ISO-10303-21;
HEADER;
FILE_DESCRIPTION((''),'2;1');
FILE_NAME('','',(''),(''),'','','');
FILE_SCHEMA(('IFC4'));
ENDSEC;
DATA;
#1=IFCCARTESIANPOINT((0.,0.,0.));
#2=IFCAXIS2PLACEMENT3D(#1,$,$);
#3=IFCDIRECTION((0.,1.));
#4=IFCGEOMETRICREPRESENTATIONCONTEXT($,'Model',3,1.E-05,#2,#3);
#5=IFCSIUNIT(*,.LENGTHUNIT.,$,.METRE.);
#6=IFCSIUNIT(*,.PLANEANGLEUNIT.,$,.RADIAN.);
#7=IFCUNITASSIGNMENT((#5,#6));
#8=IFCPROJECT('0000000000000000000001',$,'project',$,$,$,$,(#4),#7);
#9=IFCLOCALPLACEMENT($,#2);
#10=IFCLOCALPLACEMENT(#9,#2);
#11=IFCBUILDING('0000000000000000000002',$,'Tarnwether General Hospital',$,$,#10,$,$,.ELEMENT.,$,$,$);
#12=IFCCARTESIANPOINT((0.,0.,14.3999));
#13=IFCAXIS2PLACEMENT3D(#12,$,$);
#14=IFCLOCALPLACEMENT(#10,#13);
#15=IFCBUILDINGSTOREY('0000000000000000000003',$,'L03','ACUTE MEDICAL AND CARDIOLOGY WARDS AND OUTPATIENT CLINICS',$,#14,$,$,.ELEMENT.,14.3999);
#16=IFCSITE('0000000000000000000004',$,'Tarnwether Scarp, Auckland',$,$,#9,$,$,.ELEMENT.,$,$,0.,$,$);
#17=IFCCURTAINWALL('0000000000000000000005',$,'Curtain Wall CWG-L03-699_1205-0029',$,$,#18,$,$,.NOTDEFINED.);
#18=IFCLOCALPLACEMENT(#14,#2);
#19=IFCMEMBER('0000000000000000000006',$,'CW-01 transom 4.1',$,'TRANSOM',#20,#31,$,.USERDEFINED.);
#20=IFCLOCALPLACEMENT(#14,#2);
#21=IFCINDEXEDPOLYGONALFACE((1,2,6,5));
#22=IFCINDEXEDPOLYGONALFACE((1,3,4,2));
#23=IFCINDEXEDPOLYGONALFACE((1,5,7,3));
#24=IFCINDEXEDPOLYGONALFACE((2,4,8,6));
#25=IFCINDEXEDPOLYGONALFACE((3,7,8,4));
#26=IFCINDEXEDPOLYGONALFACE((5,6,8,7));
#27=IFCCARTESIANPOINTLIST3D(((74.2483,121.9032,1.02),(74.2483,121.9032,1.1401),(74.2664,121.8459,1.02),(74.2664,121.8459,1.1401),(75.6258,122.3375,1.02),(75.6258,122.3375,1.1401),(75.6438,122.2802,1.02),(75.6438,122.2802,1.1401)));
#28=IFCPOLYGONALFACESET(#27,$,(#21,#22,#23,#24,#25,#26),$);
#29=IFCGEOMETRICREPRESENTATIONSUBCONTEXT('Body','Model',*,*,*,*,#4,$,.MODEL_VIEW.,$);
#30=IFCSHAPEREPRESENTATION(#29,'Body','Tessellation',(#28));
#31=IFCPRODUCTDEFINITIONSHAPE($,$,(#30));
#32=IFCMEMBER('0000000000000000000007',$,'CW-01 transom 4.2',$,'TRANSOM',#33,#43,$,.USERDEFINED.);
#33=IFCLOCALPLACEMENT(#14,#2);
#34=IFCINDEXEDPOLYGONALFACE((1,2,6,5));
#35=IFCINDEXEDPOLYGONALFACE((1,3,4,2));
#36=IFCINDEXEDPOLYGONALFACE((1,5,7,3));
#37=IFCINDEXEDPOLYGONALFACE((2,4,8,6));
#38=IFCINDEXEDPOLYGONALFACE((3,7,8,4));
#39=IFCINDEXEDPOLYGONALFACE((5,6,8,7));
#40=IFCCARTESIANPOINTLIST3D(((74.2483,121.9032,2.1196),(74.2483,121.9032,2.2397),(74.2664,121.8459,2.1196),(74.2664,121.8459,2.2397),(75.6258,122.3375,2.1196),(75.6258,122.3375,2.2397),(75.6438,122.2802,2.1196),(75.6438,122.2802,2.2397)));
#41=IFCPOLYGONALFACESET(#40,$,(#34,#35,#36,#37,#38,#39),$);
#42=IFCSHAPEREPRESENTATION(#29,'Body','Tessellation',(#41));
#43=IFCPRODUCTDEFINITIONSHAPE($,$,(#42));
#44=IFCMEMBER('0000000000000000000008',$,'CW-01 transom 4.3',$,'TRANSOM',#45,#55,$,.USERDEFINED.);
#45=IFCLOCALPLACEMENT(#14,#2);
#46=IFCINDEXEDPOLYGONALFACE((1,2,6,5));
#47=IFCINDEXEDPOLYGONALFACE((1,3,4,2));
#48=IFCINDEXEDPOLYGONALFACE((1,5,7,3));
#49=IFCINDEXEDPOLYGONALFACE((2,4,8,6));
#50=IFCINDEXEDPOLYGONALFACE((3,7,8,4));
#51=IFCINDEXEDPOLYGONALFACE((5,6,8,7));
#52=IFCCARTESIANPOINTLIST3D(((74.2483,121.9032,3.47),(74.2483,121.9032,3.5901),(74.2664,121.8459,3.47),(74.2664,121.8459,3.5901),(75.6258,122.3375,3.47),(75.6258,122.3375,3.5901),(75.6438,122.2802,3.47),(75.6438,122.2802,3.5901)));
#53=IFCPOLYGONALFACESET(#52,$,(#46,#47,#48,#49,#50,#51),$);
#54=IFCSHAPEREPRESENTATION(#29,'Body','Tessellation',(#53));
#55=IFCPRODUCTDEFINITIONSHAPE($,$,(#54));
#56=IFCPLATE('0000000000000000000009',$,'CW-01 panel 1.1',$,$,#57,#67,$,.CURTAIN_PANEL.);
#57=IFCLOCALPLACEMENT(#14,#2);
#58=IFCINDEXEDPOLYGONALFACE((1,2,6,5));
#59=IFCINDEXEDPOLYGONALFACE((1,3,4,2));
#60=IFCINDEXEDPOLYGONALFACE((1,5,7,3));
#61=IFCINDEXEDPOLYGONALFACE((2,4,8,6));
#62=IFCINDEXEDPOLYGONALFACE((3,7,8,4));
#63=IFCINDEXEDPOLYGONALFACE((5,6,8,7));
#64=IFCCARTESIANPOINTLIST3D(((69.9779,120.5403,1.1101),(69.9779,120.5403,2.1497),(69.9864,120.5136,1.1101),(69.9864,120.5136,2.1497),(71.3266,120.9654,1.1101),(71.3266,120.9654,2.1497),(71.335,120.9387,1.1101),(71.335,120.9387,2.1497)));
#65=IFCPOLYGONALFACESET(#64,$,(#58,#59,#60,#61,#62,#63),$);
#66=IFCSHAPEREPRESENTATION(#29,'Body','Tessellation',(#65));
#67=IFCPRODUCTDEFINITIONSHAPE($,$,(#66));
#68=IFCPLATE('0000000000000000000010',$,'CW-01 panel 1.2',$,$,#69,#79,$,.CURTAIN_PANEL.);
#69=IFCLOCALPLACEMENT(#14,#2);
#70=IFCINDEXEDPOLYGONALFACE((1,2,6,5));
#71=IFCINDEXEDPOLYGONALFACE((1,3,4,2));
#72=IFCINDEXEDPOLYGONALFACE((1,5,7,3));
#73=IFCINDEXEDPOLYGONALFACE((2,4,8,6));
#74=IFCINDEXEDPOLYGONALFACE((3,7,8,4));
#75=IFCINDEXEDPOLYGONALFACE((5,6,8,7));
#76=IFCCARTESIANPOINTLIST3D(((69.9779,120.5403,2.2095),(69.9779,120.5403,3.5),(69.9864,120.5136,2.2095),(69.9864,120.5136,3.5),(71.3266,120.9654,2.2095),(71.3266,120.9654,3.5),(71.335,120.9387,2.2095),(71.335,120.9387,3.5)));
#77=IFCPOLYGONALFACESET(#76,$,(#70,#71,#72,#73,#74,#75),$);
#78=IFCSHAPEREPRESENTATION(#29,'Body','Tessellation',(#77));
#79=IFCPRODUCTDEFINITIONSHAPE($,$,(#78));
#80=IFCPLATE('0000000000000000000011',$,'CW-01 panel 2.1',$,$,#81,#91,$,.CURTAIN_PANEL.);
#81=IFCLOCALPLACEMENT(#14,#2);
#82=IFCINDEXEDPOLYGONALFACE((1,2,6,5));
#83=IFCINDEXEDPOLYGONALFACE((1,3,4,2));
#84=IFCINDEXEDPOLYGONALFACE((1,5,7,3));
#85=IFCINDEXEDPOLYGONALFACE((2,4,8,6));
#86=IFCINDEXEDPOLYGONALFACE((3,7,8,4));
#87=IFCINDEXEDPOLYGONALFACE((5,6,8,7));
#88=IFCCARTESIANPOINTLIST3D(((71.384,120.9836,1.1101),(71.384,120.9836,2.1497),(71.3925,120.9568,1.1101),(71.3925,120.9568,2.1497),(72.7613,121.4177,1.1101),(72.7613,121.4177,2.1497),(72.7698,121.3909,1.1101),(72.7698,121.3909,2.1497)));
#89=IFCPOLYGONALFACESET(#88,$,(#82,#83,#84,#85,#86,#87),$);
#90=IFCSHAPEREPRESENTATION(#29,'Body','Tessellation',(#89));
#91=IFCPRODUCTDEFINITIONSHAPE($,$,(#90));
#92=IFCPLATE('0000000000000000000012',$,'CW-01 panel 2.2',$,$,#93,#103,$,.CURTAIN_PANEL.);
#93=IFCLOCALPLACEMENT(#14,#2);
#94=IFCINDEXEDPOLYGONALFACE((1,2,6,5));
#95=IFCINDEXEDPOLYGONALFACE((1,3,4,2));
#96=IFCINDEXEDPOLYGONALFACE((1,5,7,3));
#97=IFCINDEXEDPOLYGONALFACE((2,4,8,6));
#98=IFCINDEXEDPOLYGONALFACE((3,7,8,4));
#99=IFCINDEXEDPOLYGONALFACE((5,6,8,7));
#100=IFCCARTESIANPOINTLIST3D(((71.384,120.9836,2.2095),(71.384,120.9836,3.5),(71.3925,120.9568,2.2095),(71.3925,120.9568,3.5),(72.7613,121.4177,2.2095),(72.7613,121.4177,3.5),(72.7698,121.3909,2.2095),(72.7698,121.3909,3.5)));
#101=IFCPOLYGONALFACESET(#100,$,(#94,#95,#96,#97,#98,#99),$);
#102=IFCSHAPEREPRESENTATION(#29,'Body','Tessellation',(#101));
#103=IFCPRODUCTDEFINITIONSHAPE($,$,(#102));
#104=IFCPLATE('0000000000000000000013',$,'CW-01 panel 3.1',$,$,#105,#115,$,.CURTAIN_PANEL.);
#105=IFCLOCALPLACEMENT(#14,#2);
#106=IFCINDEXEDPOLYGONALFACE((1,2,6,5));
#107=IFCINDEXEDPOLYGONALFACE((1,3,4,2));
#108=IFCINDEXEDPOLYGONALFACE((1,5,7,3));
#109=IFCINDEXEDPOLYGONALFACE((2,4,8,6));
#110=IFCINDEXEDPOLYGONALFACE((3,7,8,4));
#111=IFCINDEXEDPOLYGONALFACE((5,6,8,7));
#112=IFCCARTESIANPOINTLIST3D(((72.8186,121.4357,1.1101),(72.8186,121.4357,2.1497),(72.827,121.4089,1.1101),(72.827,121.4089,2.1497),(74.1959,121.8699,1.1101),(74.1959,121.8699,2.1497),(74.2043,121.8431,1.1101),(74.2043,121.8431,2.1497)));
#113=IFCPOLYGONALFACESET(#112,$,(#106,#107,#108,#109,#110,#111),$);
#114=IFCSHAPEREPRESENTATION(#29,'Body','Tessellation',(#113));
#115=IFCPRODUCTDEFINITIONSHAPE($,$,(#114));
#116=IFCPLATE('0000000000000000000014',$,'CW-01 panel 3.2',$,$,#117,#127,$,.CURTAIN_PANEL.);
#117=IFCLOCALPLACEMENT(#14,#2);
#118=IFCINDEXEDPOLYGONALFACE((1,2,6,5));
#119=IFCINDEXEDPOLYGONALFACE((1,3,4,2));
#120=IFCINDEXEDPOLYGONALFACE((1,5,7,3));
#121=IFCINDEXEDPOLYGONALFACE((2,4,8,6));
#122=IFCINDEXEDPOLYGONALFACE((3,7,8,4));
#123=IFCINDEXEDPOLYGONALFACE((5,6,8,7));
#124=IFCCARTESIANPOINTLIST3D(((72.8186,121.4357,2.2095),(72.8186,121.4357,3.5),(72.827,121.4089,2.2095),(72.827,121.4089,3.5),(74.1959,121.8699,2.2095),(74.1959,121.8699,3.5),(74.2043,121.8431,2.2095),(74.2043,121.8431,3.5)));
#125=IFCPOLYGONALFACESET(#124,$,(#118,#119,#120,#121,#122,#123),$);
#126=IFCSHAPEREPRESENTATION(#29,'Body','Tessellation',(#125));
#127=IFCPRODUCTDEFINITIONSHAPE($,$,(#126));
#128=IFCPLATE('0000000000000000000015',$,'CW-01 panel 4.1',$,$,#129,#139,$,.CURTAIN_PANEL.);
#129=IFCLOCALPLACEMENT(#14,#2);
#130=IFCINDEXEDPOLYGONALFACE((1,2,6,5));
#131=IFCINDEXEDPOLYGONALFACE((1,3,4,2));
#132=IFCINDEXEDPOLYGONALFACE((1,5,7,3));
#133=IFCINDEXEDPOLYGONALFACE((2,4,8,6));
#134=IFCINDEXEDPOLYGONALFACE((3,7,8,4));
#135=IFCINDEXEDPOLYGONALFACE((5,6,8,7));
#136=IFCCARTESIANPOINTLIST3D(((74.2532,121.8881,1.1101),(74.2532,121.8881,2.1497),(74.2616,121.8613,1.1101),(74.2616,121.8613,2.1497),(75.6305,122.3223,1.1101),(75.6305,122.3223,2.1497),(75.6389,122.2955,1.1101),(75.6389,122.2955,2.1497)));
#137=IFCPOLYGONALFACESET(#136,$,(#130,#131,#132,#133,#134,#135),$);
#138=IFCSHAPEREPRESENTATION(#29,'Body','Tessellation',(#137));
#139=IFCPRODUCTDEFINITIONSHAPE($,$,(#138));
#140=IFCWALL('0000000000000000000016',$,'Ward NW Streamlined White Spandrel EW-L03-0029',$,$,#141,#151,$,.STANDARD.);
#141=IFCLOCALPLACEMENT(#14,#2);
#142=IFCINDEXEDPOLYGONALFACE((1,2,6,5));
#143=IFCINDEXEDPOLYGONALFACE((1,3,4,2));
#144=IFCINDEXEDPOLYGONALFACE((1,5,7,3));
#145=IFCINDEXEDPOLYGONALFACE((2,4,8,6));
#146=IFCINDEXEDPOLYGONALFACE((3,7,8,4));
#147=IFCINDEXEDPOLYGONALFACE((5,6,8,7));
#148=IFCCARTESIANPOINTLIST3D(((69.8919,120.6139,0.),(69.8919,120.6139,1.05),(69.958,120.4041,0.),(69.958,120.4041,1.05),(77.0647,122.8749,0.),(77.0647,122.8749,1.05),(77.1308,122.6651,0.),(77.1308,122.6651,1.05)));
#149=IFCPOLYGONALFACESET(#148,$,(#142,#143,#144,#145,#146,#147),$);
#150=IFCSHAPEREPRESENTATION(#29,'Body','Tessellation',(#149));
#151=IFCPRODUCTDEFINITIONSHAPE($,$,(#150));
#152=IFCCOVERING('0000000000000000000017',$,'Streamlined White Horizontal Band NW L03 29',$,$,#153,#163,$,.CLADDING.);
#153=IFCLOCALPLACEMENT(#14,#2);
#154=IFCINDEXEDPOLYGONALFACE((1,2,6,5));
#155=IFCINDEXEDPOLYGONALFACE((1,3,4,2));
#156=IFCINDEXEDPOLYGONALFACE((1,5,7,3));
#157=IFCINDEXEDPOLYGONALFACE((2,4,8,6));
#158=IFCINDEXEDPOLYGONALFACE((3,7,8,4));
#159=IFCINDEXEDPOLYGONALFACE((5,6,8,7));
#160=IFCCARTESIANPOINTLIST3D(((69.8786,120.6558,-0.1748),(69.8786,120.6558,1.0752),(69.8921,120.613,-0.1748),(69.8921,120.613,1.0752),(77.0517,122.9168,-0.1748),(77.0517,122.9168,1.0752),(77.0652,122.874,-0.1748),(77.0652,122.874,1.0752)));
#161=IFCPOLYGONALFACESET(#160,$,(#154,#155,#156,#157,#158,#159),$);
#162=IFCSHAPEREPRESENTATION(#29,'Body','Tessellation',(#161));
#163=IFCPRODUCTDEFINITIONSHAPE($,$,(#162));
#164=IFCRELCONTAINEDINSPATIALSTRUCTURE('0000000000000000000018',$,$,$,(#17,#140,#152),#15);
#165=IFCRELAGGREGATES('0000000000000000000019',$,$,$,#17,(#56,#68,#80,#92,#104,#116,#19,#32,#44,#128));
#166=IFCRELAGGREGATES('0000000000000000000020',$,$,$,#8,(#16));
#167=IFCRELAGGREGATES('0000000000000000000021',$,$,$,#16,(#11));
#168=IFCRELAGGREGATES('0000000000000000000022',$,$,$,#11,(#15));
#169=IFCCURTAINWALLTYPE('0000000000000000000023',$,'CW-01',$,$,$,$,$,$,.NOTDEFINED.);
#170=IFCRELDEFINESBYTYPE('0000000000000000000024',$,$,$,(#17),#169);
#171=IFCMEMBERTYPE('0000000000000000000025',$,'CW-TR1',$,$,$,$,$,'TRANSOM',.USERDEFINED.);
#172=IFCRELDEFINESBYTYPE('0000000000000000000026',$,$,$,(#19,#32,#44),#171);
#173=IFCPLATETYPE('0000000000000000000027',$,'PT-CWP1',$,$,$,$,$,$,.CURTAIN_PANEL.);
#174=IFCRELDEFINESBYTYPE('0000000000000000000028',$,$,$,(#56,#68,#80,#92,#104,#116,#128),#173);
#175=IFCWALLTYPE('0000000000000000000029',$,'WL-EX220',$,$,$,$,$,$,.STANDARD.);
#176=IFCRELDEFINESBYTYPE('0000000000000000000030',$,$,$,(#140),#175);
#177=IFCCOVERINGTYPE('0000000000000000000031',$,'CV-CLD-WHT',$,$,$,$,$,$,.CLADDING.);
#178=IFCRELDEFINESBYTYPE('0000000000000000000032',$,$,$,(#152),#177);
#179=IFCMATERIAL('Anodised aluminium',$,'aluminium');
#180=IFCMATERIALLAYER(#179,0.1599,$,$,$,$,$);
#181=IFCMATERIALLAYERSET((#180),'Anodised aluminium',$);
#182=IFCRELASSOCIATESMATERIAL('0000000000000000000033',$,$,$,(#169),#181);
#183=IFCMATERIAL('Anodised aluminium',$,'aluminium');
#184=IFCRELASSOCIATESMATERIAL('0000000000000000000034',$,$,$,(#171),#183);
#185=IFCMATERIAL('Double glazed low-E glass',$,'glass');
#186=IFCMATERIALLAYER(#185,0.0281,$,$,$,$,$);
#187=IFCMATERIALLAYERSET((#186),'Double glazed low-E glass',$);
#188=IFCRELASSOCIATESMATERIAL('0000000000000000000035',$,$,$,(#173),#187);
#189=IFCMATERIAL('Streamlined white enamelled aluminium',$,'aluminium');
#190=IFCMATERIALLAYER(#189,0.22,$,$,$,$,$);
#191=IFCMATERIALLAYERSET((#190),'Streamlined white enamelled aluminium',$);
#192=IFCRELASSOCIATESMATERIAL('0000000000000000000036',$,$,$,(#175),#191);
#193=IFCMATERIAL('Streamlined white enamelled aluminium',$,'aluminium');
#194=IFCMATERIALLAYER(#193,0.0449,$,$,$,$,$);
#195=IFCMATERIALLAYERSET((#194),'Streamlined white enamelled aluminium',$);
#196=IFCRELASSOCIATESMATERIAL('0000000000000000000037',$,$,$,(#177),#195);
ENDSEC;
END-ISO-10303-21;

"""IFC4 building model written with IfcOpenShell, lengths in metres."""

from ifc_helpers import new_model, si_unit, direction, frame, frame_2d, origin, origin_2d, place, context, subcontext, project, spatial, rectangle, extrude, material, layer, layer_set, material_profile, profile_set, type_object, element, aggregate, save


model = new_model("IFC4")

# Units and contexts
model_context = context("Model", 3, precision=1e-05, world=origin(), true_north=direction((0.0, 1.0)))
body_context = subcontext(model_context, "Body", "Model", "MODEL_VIEW")
ifc_project = project(units=[si_unit("LENGTHUNIT", "METRE"), si_unit("PLANEANGLEUNIT", "RADIAN")], contexts=[model_context])

# Site, building, storey
site_placement = place(None, origin())
site = spatial("IfcSite", under=ifc_project, at=site_placement, Name="Tarnwether Scarp, Auckland", CompositionType="ELEMENT", RefElevation=0.0)
building_placement = place(site_placement, origin())
building = spatial("IfcBuilding", under=site, at=building_placement, Name="Tarnwether General Hospital", CompositionType="ELEMENT")
storey_placement = place(building_placement, frame((0.0, 0.0, 14.3999)))
storey = spatial("IfcBuildingStorey", under=building, at=storey_placement, Name="L03", Description="ACUTE MEDICAL AND CARDIOLOGY WARDS AND OUTPATIENT CLINICS", CompositionType="ELEMENT", Elevation=14.3999)

# Curtain wall
ifc_material_1 = material(Name="Anodised aluminium", Category="aluminium")
ifc_layer_1 = layer(ifc_material_1, 0.1599)
ifc_layer_set_1 = layer_set([ifc_layer_1], Name="Anodised aluminium")
curtain_wall_type = type_object("IfcCurtainWallType", Name="CW-01", PredefinedType="NOTDEFINED", material=ifc_layer_set_1)
curtain_wall_1_placement = place(storey_placement, origin())
curtain_wall_1 = element("IfcCurtainWall", 1, at=curtain_wall_1_placement, inside=storey, type_object=curtain_wall_type, Name="Curtain Wall CWG-L03-699_1205-0029", PredefinedType="NOTDEFINED")

# Members
ifc_material_2 = material(Name="Anodised aluminium", Category="aluminium")
ifc_material_profile_1 = material_profile(ifc_material_2, rectangle(XDim=0.0601, YDim=0.1201, at=origin_2d()), Name="ALU-TRN-60x120")
ifc_profile_set_1 = profile_set([ifc_material_profile_1], Name="Anodised aluminium")
member_type_1 = type_object("IfcMemberType", Name="CW-TR1", ElementType="TRANSOM", PredefinedType="USERDEFINED", material=ifc_profile_set_1)
member_1_placement = place(storey_placement, frame((74.2573, 121.8745, 1.0801), z_axis=(0.953713, 0.300719, 0.0), x_axis=(-0.300719, 0.953713, 0.0)))
member_1 = element("IfcMember", 2, at=member_1_placement, type_object=member_type_1, Name="CW-01 transom 4.1", ObjectType="TRANSOM", PredefinedType="USERDEFINED", context=body_context, shape_type="SweptSolid", body=[
    extrude(rectangle(XDim=0.0601, YDim=0.1201, at=origin_2d()), origin(), (0.0, 0.0, 1.0), 1.4443),
])
member_2_placement = place(storey_placement, frame((74.2573, 121.8745, 2.1797), z_axis=(0.953713, 0.300719, 0.0), x_axis=(-0.300719, 0.953713, 0.0)))
member_2 = element("IfcMember", 3, at=member_2_placement, type_object=member_type_1, Name="CW-01 transom 4.2", ObjectType="TRANSOM", PredefinedType="USERDEFINED", context=body_context, shape_type="SweptSolid", body=[
    extrude(rectangle(XDim=0.0601, YDim=0.1201, at=origin_2d()), origin(), (0.0, 0.0, 1.0), 1.4443),
])
member_3_placement = place(storey_placement, frame((74.2573, 121.8745, 3.53), z_axis=(0.953713, 0.300719, 0.0), x_axis=(-0.300719, 0.953713, 0.0)))
member_3 = element("IfcMember", 4, at=member_3_placement, type_object=member_type_1, Name="CW-01 transom 4.3", ObjectType="TRANSOM", PredefinedType="USERDEFINED", context=body_context, shape_type="SweptSolid", body=[
    extrude(rectangle(XDim=0.0601, YDim=0.1201, at=origin_2d()), origin(), (0.0, 0.0, 1.0), 1.4443),
])

# Plates
ifc_material_3 = material(Name="Double glazed low-E glass", Category="glass")
ifc_layer_2 = layer(ifc_material_3, 0.0281)
ifc_layer_set_2 = layer_set([ifc_layer_2], Name="Double glazed low-E glass")
plate_type = type_object("IfcPlateType", Name="PT-CWP1", PredefinedType="CURTAIN_PANEL", material=ifc_layer_set_2)
plate_1_placement = place(storey_placement, frame((70.6565, 120.7395, 1.1101), z_axis=(0.0, 0.0, 1.0), x_axis=(0.953741, 0.300629, 0.0)))
plate_1 = element("IfcPlate", 5, at=plate_1_placement, type_object=plate_type, Name="CW-01 panel 1.1", PredefinedType="CURTAIN_PANEL", context=body_context, shape_type="SweptSolid", body=[
    extrude(rectangle(XDim=1.4141, YDim=0.0281, at=origin_2d()), origin(), (0.0, 0.0, 1.0), 1.0396),
])
plate_2_placement = place(storey_placement, frame((70.6565, 120.7395, 2.2095), z_axis=(0.0, 0.0, 1.0), x_axis=(0.953741, 0.300629, 0.0)))
plate_2 = element("IfcPlate", 6, at=plate_2_placement, type_object=plate_type, Name="CW-01 panel 1.2", PredefinedType="CURTAIN_PANEL", context=body_context, shape_type="SweptSolid", body=[
    extrude(rectangle(XDim=1.4141, YDim=0.0281, at=origin_2d()), origin(), (0.0, 0.0, 1.0), 1.2905),
])
plate_3_placement = place(storey_placement, frame((72.0769, 121.1873, 1.1101), z_axis=(0.0, 0.0, 1.0), x_axis=(0.953741, 0.300629, 0.0)))
plate_3 = element("IfcPlate", 7, at=plate_3_placement, type_object=plate_type, Name="CW-01 panel 2.1", PredefinedType="CURTAIN_PANEL", context=body_context, shape_type="SweptSolid", body=[
    extrude(rectangle(XDim=1.4441, YDim=0.0281, at=origin_2d()), origin(), (0.0, 0.0, 1.0), 1.0396),
])
plate_4_placement = place(storey_placement, frame((72.0769, 121.1873, 2.2095), z_axis=(0.0, 0.0, 1.0), x_axis=(0.953741, 0.300629, 0.0)))
plate_4 = element("IfcPlate", 8, at=plate_4_placement, type_object=plate_type, Name="CW-01 panel 2.2", PredefinedType="CURTAIN_PANEL", context=body_context, shape_type="SweptSolid", body=[
    extrude(rectangle(XDim=1.4441, YDim=0.0281, at=origin_2d()), origin(), (0.0, 0.0, 1.0), 1.2905),
])
plate_5_placement = place(storey_placement, frame((73.5115, 121.6394, 1.1101), z_axis=(0.0, 0.0, 1.0), x_axis=(0.953741, 0.300629, 0.0)))
plate_5 = element("IfcPlate", 9, at=plate_5_placement, type_object=plate_type, Name="CW-01 panel 3.1", PredefinedType="CURTAIN_PANEL", context=body_context, shape_type="SweptSolid", body=[
    extrude(rectangle(XDim=1.4441, YDim=0.0281, at=origin_2d()), origin(), (0.0, 0.0, 1.0), 1.0396),
])
plate_6_placement = place(storey_placement, frame((73.5115, 121.6394, 2.2095), z_axis=(0.0, 0.0, 1.0), x_axis=(0.953741, 0.300629, 0.0)))
plate_6 = element("IfcPlate", 10, at=plate_6_placement, type_object=plate_type, Name="CW-01 panel 3.2", PredefinedType="CURTAIN_PANEL", context=body_context, shape_type="SweptSolid", body=[
    extrude(rectangle(XDim=1.4441, YDim=0.0281, at=origin_2d()), origin(), (0.0, 0.0, 1.0), 1.2905),
])
plate_7_placement = place(storey_placement, frame((74.946, 122.0918, 1.1101), z_axis=(0.0, 0.0, 1.0), x_axis=(0.953741, 0.300629, 0.0)))
plate_7 = element("IfcPlate", 11, at=plate_7_placement, type_object=plate_type, Name="CW-01 panel 4.1", PredefinedType="CURTAIN_PANEL", context=body_context, shape_type="SweptSolid", body=[
    extrude(rectangle(XDim=1.4441, YDim=0.0281, at=origin_2d()), origin(), (0.0, 0.0, 1.0), 1.0396),
])
aggregate(curtain_wall_1, [plate_1, plate_2, plate_3, plate_4, plate_5, plate_6, member_1, member_2, member_3, plate_7])

# Wall
ifc_material_4 = material(Name="Streamlined white enamelled aluminium", Category="aluminium")
ifc_layer_3 = layer(ifc_material_4, 0.22)
ifc_layer_set_3 = layer_set([ifc_layer_3], Name="Streamlined white enamelled aluminium")
wall_type = type_object("IfcWallType", Name="WL-EX220", PredefinedType="STANDARD", material=ifc_layer_set_3)
wall_placement = place(storey_placement, frame((69.925, 120.509, 0.0), z_axis=(0.0, 0.0, 1.0), x_axis=(0.95374, 0.300633, 0.0)))
element("IfcWall", 12, at=wall_placement, inside=storey, type_object=wall_type, Name="Ward NW Streamlined White Spandrel EW-L03-0029", PredefinedType="STANDARD", context=body_context, shape_type="SweptSolid", body=[
    extrude(rectangle(XDim=7.5208, YDim=0.22, at=frame_2d((3.7603, 0.0))), origin(), (0.0, 0.0, 1.0), 1.05),
])

# Covering
ifc_material_5 = material(Name="Streamlined white enamelled aluminium", Category="aluminium")
ifc_layer_4 = layer(ifc_material_5, 0.0449)
ifc_layer_set_4 = layer_set([ifc_layer_4], Name="Streamlined white enamelled aluminium")
covering_type = type_object("IfcCoveringType", Name="CV-CLD-WHT", PredefinedType="CLADDING", material=ifc_layer_set_4)
covering_placement = place(storey_placement, frame((73.4719, 121.7649, -0.1748), z_axis=(0.0, 0.0, 1.0), x_axis=(0.953743, 0.300623, 0.0)))
element("IfcCovering", 13, at=covering_placement, inside=storey, type_object=covering_type, Name="Streamlined White Horizontal Band NW L03 29", PredefinedType="CLADDING", context=body_context, shape_type="SweptSolid", body=[
    extrude(rectangle(XDim=7.521, YDim=0.0449, at=origin_2d()), origin(), (0.0, 0.0, 1.0), 1.25),
])

save(model, "model.ifc")
